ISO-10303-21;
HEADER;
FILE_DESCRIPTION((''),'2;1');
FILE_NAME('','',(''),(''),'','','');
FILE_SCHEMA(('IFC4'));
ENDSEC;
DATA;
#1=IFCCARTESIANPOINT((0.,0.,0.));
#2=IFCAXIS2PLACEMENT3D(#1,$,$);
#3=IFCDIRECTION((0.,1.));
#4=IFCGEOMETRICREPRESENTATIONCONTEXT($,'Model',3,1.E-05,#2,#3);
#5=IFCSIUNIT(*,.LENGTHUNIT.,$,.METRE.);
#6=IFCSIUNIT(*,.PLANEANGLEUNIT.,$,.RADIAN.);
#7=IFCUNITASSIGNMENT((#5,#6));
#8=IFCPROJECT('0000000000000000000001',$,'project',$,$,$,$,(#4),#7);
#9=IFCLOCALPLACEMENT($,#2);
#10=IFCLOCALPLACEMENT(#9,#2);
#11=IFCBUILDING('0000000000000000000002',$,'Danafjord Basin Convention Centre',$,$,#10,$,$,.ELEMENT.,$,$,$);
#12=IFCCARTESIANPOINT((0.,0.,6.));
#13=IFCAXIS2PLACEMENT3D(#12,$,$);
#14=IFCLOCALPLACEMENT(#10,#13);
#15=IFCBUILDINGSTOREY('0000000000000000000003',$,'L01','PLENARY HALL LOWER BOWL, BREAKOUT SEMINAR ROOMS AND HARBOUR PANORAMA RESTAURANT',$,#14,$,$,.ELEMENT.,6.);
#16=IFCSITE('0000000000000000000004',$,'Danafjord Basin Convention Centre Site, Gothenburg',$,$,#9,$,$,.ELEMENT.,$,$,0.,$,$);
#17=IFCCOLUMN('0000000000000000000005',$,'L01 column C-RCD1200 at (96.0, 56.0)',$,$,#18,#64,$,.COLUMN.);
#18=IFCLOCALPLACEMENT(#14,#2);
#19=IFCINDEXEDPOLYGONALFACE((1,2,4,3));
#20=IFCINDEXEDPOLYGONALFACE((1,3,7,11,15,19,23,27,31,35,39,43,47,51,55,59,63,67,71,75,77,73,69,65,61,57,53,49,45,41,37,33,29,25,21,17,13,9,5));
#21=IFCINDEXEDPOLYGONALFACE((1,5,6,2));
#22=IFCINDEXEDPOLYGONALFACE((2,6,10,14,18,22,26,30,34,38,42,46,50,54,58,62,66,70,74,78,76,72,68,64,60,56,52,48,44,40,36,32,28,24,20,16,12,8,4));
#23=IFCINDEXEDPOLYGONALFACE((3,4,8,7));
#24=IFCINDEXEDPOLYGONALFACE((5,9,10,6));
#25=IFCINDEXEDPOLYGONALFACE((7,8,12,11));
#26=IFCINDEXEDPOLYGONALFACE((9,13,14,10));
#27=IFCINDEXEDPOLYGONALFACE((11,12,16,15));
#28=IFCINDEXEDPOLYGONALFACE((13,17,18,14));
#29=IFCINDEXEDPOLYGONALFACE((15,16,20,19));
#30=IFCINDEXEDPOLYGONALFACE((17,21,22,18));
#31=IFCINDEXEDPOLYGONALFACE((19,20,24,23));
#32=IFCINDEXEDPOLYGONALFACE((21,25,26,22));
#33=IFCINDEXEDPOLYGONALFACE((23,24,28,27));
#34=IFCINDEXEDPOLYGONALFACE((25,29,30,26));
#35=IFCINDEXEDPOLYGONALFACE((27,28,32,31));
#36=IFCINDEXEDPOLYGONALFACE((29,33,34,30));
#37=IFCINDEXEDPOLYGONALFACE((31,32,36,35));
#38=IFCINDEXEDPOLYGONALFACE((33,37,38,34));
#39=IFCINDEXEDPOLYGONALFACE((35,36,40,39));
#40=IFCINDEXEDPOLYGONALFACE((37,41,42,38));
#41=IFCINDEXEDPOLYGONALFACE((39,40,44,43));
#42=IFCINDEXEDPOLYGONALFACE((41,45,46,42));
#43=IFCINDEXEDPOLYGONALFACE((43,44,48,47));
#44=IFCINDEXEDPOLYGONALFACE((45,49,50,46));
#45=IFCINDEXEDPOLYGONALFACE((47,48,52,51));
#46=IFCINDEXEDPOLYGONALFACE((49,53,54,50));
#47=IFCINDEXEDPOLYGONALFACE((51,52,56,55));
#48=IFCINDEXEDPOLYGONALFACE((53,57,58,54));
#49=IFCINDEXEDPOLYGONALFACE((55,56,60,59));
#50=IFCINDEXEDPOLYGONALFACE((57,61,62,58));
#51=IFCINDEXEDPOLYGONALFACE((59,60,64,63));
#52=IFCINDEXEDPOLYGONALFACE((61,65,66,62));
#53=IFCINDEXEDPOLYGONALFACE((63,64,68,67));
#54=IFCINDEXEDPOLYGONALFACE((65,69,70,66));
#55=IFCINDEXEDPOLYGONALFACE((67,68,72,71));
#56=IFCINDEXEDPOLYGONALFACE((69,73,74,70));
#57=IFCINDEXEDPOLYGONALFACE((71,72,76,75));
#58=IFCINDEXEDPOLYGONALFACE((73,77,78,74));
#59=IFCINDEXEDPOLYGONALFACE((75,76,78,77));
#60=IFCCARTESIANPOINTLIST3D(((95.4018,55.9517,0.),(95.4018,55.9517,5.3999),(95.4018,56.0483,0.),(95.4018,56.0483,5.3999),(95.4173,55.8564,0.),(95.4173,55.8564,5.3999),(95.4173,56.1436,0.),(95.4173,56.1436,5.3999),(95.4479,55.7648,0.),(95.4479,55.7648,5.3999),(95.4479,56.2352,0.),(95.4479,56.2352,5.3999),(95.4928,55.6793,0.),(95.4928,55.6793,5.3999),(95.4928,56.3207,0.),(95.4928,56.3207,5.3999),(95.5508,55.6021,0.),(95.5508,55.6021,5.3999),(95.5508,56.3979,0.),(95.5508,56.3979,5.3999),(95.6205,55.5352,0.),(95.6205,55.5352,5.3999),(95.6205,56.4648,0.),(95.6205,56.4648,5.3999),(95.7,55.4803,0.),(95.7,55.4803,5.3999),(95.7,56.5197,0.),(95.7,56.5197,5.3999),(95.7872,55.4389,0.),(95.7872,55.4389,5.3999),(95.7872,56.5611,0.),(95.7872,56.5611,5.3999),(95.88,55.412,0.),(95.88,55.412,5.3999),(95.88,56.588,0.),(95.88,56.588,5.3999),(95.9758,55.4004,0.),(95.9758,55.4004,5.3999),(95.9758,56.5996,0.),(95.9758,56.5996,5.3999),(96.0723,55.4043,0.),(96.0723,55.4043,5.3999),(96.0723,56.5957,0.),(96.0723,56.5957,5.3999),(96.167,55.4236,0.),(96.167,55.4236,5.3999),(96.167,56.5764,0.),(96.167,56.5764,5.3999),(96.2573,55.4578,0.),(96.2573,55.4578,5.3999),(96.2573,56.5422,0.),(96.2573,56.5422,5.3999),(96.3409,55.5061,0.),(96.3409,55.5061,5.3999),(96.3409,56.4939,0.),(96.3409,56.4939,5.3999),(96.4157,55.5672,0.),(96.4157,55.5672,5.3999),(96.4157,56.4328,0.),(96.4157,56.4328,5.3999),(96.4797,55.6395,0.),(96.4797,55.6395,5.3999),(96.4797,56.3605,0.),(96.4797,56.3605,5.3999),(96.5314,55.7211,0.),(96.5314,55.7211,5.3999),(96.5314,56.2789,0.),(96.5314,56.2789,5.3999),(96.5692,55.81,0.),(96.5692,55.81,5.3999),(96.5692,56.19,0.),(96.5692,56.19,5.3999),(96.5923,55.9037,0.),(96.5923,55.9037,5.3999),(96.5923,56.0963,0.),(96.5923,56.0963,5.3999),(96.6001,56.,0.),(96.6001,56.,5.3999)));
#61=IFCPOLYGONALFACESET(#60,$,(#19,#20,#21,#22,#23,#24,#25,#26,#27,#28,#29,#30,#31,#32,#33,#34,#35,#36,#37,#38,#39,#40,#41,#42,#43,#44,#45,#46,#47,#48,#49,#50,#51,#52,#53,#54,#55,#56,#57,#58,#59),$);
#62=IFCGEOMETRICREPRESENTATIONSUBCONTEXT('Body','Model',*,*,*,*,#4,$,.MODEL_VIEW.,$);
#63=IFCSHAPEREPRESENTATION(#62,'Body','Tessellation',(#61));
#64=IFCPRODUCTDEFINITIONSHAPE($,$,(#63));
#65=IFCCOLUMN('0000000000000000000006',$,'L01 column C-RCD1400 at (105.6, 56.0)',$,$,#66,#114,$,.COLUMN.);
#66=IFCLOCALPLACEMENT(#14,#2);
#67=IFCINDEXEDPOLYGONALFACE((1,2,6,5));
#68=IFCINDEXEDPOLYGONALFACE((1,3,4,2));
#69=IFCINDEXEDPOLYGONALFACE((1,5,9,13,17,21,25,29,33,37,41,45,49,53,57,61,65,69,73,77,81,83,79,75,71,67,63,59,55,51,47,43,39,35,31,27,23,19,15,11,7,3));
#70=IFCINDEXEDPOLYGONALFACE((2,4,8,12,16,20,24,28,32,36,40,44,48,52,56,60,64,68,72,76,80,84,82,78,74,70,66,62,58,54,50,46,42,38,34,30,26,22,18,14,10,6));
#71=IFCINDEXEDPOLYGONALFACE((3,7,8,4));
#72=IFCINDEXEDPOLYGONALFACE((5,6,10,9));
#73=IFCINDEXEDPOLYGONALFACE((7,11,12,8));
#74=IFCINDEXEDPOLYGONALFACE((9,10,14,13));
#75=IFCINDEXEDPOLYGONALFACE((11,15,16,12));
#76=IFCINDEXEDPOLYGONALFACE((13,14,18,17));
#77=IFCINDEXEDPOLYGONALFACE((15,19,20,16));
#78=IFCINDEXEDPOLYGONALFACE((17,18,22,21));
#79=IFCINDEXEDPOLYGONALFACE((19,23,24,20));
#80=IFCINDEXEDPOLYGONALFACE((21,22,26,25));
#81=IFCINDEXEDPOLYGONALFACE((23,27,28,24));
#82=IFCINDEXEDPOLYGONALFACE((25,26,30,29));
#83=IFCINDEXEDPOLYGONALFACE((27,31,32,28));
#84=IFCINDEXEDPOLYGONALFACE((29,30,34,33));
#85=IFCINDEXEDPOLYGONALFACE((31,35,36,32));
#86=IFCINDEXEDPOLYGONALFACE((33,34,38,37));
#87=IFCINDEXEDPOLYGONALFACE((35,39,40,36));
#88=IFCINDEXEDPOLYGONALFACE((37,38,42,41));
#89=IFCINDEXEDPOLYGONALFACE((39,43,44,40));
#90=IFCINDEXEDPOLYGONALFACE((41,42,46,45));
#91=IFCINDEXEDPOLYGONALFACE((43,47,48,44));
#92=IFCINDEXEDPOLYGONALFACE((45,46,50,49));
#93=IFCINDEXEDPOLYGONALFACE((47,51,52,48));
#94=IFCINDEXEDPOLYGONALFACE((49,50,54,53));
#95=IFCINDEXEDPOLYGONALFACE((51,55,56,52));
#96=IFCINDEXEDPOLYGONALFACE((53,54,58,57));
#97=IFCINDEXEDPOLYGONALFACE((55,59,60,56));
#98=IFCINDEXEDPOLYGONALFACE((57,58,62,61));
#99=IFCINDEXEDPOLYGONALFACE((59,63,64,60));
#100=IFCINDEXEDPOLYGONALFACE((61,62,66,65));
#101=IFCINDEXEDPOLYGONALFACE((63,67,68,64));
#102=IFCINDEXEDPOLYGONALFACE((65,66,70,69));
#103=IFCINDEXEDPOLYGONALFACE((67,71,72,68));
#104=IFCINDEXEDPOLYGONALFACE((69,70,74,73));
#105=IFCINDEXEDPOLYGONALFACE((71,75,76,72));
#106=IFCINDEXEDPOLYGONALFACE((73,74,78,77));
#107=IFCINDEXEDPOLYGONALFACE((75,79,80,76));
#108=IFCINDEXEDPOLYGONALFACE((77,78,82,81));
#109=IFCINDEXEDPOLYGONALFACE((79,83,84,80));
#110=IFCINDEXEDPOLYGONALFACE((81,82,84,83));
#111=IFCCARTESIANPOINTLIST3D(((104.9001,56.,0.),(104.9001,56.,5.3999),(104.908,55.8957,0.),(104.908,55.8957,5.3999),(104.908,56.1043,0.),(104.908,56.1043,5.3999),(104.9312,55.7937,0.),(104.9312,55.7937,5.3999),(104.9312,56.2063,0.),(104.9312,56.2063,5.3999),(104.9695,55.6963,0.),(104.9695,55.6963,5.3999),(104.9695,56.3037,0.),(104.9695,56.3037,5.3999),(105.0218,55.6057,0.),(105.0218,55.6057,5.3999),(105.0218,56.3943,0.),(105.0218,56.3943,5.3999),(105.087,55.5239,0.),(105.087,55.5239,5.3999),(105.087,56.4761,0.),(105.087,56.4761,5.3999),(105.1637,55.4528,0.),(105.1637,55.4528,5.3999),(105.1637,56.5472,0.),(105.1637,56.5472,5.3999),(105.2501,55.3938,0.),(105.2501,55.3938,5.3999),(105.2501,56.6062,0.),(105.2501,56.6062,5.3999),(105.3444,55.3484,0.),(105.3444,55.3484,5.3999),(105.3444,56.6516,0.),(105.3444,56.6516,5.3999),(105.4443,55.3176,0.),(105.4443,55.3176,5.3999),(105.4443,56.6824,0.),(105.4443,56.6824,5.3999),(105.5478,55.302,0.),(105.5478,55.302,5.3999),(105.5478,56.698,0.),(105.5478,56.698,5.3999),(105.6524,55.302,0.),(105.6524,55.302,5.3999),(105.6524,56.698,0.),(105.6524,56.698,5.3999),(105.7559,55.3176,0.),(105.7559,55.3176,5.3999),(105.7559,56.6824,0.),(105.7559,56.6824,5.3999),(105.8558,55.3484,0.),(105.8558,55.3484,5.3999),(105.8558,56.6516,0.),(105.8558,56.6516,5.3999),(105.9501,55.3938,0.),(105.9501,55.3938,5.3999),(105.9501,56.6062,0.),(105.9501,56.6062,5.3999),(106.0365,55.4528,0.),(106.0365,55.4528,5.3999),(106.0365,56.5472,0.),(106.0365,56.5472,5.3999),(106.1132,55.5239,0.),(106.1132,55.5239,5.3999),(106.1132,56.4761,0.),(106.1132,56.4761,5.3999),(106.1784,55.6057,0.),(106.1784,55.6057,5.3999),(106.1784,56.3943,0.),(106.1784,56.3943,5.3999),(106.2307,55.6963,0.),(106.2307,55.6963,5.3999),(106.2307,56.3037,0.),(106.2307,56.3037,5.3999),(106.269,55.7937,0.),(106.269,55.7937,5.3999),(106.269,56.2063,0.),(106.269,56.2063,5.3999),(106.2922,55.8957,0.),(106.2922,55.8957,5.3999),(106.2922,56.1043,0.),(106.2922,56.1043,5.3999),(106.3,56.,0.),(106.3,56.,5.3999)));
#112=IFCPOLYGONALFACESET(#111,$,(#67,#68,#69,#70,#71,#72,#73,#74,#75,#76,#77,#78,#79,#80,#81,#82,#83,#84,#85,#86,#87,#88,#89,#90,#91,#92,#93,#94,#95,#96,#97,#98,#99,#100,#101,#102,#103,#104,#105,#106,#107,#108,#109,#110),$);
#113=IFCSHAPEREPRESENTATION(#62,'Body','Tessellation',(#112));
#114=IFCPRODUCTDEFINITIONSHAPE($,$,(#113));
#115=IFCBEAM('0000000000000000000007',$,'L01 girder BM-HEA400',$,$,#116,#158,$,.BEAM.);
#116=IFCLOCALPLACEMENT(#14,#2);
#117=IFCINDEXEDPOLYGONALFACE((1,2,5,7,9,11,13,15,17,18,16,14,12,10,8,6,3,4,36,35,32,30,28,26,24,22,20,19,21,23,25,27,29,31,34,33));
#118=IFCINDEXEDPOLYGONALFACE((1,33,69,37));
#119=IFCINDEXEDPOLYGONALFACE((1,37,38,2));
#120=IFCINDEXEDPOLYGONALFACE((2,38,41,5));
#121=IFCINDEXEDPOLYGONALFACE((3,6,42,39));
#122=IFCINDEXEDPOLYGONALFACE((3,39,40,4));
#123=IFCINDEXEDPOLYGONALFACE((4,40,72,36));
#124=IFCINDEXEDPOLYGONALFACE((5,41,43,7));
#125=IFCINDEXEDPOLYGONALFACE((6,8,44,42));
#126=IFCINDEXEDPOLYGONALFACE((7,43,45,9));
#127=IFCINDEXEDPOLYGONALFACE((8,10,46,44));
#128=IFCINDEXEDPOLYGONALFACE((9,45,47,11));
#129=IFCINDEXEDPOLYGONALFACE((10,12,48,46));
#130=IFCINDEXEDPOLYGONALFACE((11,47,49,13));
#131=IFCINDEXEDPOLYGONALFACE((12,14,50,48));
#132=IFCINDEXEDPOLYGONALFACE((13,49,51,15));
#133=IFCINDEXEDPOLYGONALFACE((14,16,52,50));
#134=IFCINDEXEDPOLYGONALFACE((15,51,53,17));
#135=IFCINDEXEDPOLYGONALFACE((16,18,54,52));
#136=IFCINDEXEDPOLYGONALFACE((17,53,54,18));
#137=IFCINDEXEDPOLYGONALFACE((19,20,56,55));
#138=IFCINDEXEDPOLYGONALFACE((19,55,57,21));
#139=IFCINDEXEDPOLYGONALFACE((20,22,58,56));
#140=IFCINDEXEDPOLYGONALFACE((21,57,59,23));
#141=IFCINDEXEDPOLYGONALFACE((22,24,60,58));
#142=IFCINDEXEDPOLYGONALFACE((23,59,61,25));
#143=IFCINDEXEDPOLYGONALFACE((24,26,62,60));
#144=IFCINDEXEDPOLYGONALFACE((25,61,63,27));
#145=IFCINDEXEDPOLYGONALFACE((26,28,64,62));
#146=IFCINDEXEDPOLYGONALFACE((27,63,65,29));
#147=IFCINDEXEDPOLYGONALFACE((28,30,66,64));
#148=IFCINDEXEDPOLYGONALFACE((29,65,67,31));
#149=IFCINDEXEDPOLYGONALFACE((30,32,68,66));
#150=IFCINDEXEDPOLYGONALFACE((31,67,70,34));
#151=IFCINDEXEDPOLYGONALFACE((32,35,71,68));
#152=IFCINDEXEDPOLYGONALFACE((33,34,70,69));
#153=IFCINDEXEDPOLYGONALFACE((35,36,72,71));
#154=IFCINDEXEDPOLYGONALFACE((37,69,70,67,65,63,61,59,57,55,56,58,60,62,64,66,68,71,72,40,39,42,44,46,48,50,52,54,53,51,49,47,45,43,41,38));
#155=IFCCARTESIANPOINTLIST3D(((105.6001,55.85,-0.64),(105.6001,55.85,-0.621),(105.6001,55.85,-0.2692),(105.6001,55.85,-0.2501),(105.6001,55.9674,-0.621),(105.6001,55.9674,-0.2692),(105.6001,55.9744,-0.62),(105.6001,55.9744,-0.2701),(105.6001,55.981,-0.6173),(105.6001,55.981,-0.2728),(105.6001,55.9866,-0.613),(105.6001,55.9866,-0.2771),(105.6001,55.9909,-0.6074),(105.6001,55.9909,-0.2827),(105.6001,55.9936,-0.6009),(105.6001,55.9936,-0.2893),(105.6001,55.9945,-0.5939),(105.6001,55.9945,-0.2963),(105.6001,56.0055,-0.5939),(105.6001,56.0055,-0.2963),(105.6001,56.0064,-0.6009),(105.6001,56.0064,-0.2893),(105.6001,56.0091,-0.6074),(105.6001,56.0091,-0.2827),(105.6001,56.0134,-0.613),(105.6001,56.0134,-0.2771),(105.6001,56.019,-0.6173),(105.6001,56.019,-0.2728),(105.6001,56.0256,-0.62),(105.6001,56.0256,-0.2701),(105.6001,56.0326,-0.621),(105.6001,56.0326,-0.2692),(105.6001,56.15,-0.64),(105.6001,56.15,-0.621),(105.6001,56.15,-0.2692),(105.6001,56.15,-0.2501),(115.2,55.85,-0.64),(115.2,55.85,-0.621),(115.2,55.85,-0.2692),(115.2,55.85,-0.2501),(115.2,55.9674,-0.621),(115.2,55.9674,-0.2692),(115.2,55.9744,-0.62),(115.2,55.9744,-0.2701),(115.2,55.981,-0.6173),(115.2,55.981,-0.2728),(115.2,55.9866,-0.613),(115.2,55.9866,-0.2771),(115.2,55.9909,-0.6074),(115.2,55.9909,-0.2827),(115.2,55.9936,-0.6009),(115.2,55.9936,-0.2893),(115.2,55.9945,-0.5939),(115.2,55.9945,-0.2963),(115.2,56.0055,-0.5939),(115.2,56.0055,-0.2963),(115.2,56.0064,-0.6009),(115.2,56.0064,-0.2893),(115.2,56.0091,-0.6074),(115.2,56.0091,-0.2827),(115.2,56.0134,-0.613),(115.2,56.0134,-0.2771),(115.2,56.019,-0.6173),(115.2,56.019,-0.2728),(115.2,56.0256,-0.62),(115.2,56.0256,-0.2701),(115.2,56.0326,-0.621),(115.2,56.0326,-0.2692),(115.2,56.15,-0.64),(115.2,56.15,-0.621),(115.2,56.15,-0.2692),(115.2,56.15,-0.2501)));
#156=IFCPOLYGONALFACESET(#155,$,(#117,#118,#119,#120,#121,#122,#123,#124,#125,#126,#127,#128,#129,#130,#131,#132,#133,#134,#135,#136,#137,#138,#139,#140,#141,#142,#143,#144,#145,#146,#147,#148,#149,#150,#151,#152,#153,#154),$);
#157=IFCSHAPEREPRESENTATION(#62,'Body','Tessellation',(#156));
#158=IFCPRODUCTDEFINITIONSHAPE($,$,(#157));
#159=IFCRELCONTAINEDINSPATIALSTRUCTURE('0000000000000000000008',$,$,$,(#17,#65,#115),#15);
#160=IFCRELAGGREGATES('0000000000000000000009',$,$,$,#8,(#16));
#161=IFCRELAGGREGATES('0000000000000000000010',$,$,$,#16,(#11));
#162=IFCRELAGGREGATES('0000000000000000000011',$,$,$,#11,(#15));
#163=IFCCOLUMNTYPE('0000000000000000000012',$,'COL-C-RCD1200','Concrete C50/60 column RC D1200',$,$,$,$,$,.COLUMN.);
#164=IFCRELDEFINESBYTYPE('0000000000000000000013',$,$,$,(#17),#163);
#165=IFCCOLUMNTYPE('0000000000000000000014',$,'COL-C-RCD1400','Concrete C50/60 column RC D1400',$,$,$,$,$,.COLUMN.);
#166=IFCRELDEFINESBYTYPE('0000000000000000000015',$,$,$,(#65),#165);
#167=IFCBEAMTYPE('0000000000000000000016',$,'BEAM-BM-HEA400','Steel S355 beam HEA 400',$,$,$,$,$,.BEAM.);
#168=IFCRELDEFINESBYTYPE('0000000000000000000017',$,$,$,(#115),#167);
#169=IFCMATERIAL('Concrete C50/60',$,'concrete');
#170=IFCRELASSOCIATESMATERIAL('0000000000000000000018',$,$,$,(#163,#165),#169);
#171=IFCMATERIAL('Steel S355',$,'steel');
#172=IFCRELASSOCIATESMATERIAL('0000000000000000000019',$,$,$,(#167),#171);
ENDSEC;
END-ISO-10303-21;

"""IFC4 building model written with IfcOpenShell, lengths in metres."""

from ifc_helpers import new_model, si_unit, direction, frame, origin, origin_2d, place, context, subcontext, project, spatial, circle, i_section, extrude, material, material_profile, profile_set, type_object, element, save


model = new_model("IFC4")

# Units and contexts
model_context = context("Model", 3, precision=1e-05, world=origin(), true_north=direction((0.0, 1.0)))
body_context = subcontext(model_context, "Body", "Model", "MODEL_VIEW")
ifc_project = project(units=[si_unit("LENGTHUNIT", "METRE"), si_unit("PLANEANGLEUNIT", "RADIAN")], contexts=[model_context])

# Site, building, storey
site_placement = place(None, origin())
site = spatial("IfcSite", under=ifc_project, at=site_placement, Name="Danafjord Basin Convention Centre Site, Gothenburg", CompositionType="ELEMENT", RefElevation=0.0)
building_placement = place(site_placement, origin())
building = spatial("IfcBuilding", under=site, at=building_placement, Name="Danafjord Basin Convention Centre", CompositionType="ELEMENT")
storey_placement = place(building_placement, frame((0.0, 0.0, 6.0)))
storey = spatial("IfcBuildingStorey", under=building, at=storey_placement, Name="L01", Description="PLENARY HALL LOWER BOWL, BREAKOUT SEMINAR ROOMS AND HARBOUR PANORAMA RESTAURANT", CompositionType="ELEMENT", Elevation=6.0)

# Columns
ifc_material_1 = material(Name="Steel S355", Category="steel")
ifc_material_2 = material(Name="Concrete C50/60", Category="concrete")
ifc_material_profile_1 = material_profile(ifc_material_2, circle(Radius=0.6001, at=origin_2d()), Name="RC D1200")
ifc_profile_set_1 = profile_set([ifc_material_profile_1], Name="Concrete C50/60")
column_type_1 = type_object("IfcColumnType", Name="COL-C-RCD1200", Description="Concrete C50/60 column RC D1200", PredefinedType="COLUMN", material=ifc_profile_set_1)
column_1_placement = place(storey_placement, frame((96.0, 56.0, 0.0), z_axis=(0.0, 0.0, 1.0), x_axis=(1.0, 0.0, 0.0)))
element("IfcColumn", 1, at=column_1_placement, inside=storey, type_object=column_type_1, Name="L01 column C-RCD1200 at (96.0, 56.0)", PredefinedType="COLUMN", context=body_context, shape_type="SweptSolid", body=[
    extrude(circle(Radius=0.6001, at=origin_2d()), origin(), (0.0, 0.0, 1.0), 5.3999),
])
ifc_material_profile_2 = material_profile(ifc_material_2, circle(Radius=0.7, at=origin_2d()), Name="RC D1400")
ifc_profile_set_2 = profile_set([ifc_material_profile_2], Name="Concrete C50/60")
column_type_2 = type_object("IfcColumnType", Name="COL-C-RCD1400", Description="Concrete C50/60 column RC D1400", PredefinedType="COLUMN", material=ifc_profile_set_2)
column_2_placement = place(storey_placement, frame((105.6001, 56.0, 0.0), z_axis=(0.0, 0.0, 1.0), x_axis=(1.0, 0.0, 0.0)))
element("IfcColumn", 2, at=column_2_placement, inside=storey, type_object=column_type_2, Name="L01 column C-RCD1400 at (105.6, 56.0)", PredefinedType="COLUMN", context=body_context, shape_type="SweptSolid", body=[
    extrude(circle(Radius=0.7, at=origin_2d()), origin(), (0.0, 0.0, 1.0), 5.3999),
])

# Beam
ifc_material_profile_3 = material_profile(ifc_material_1, i_section(OverallWidth=0.3, OverallDepth=0.3899, WebThickness=0.011, FlangeThickness=0.019, FilletRadius=0.0271, at=origin_2d()), Name="HEA 400")
ifc_profile_set_3 = profile_set([ifc_material_profile_3], Name="Steel S355")
beam_type_1 = type_object("IfcBeamType", Name="BEAM-BM-HEA400", Description="Steel S355 beam HEA 400", PredefinedType="BEAM", material=ifc_profile_set_3)
beam_1_placement = place(storey_placement, frame((105.6001, 56.0, -0.4451), z_axis=(1.0, 0.0, 0.0), x_axis=(0.0, 1.0, 0.0)))
element("IfcBeam", 3, at=beam_1_placement, inside=storey, type_object=beam_type_1, Name="L01 girder BM-HEA400", PredefinedType="BEAM", context=body_context, shape_type="SweptSolid", body=[
    extrude(i_section(OverallWidth=0.3, OverallDepth=0.3899, WebThickness=0.011, FlangeThickness=0.019, FilletRadius=0.0271, at=origin_2d()), origin(), (0.0, 0.0, 1.0), 9.5999),
])

save(model, "model.ifc")
